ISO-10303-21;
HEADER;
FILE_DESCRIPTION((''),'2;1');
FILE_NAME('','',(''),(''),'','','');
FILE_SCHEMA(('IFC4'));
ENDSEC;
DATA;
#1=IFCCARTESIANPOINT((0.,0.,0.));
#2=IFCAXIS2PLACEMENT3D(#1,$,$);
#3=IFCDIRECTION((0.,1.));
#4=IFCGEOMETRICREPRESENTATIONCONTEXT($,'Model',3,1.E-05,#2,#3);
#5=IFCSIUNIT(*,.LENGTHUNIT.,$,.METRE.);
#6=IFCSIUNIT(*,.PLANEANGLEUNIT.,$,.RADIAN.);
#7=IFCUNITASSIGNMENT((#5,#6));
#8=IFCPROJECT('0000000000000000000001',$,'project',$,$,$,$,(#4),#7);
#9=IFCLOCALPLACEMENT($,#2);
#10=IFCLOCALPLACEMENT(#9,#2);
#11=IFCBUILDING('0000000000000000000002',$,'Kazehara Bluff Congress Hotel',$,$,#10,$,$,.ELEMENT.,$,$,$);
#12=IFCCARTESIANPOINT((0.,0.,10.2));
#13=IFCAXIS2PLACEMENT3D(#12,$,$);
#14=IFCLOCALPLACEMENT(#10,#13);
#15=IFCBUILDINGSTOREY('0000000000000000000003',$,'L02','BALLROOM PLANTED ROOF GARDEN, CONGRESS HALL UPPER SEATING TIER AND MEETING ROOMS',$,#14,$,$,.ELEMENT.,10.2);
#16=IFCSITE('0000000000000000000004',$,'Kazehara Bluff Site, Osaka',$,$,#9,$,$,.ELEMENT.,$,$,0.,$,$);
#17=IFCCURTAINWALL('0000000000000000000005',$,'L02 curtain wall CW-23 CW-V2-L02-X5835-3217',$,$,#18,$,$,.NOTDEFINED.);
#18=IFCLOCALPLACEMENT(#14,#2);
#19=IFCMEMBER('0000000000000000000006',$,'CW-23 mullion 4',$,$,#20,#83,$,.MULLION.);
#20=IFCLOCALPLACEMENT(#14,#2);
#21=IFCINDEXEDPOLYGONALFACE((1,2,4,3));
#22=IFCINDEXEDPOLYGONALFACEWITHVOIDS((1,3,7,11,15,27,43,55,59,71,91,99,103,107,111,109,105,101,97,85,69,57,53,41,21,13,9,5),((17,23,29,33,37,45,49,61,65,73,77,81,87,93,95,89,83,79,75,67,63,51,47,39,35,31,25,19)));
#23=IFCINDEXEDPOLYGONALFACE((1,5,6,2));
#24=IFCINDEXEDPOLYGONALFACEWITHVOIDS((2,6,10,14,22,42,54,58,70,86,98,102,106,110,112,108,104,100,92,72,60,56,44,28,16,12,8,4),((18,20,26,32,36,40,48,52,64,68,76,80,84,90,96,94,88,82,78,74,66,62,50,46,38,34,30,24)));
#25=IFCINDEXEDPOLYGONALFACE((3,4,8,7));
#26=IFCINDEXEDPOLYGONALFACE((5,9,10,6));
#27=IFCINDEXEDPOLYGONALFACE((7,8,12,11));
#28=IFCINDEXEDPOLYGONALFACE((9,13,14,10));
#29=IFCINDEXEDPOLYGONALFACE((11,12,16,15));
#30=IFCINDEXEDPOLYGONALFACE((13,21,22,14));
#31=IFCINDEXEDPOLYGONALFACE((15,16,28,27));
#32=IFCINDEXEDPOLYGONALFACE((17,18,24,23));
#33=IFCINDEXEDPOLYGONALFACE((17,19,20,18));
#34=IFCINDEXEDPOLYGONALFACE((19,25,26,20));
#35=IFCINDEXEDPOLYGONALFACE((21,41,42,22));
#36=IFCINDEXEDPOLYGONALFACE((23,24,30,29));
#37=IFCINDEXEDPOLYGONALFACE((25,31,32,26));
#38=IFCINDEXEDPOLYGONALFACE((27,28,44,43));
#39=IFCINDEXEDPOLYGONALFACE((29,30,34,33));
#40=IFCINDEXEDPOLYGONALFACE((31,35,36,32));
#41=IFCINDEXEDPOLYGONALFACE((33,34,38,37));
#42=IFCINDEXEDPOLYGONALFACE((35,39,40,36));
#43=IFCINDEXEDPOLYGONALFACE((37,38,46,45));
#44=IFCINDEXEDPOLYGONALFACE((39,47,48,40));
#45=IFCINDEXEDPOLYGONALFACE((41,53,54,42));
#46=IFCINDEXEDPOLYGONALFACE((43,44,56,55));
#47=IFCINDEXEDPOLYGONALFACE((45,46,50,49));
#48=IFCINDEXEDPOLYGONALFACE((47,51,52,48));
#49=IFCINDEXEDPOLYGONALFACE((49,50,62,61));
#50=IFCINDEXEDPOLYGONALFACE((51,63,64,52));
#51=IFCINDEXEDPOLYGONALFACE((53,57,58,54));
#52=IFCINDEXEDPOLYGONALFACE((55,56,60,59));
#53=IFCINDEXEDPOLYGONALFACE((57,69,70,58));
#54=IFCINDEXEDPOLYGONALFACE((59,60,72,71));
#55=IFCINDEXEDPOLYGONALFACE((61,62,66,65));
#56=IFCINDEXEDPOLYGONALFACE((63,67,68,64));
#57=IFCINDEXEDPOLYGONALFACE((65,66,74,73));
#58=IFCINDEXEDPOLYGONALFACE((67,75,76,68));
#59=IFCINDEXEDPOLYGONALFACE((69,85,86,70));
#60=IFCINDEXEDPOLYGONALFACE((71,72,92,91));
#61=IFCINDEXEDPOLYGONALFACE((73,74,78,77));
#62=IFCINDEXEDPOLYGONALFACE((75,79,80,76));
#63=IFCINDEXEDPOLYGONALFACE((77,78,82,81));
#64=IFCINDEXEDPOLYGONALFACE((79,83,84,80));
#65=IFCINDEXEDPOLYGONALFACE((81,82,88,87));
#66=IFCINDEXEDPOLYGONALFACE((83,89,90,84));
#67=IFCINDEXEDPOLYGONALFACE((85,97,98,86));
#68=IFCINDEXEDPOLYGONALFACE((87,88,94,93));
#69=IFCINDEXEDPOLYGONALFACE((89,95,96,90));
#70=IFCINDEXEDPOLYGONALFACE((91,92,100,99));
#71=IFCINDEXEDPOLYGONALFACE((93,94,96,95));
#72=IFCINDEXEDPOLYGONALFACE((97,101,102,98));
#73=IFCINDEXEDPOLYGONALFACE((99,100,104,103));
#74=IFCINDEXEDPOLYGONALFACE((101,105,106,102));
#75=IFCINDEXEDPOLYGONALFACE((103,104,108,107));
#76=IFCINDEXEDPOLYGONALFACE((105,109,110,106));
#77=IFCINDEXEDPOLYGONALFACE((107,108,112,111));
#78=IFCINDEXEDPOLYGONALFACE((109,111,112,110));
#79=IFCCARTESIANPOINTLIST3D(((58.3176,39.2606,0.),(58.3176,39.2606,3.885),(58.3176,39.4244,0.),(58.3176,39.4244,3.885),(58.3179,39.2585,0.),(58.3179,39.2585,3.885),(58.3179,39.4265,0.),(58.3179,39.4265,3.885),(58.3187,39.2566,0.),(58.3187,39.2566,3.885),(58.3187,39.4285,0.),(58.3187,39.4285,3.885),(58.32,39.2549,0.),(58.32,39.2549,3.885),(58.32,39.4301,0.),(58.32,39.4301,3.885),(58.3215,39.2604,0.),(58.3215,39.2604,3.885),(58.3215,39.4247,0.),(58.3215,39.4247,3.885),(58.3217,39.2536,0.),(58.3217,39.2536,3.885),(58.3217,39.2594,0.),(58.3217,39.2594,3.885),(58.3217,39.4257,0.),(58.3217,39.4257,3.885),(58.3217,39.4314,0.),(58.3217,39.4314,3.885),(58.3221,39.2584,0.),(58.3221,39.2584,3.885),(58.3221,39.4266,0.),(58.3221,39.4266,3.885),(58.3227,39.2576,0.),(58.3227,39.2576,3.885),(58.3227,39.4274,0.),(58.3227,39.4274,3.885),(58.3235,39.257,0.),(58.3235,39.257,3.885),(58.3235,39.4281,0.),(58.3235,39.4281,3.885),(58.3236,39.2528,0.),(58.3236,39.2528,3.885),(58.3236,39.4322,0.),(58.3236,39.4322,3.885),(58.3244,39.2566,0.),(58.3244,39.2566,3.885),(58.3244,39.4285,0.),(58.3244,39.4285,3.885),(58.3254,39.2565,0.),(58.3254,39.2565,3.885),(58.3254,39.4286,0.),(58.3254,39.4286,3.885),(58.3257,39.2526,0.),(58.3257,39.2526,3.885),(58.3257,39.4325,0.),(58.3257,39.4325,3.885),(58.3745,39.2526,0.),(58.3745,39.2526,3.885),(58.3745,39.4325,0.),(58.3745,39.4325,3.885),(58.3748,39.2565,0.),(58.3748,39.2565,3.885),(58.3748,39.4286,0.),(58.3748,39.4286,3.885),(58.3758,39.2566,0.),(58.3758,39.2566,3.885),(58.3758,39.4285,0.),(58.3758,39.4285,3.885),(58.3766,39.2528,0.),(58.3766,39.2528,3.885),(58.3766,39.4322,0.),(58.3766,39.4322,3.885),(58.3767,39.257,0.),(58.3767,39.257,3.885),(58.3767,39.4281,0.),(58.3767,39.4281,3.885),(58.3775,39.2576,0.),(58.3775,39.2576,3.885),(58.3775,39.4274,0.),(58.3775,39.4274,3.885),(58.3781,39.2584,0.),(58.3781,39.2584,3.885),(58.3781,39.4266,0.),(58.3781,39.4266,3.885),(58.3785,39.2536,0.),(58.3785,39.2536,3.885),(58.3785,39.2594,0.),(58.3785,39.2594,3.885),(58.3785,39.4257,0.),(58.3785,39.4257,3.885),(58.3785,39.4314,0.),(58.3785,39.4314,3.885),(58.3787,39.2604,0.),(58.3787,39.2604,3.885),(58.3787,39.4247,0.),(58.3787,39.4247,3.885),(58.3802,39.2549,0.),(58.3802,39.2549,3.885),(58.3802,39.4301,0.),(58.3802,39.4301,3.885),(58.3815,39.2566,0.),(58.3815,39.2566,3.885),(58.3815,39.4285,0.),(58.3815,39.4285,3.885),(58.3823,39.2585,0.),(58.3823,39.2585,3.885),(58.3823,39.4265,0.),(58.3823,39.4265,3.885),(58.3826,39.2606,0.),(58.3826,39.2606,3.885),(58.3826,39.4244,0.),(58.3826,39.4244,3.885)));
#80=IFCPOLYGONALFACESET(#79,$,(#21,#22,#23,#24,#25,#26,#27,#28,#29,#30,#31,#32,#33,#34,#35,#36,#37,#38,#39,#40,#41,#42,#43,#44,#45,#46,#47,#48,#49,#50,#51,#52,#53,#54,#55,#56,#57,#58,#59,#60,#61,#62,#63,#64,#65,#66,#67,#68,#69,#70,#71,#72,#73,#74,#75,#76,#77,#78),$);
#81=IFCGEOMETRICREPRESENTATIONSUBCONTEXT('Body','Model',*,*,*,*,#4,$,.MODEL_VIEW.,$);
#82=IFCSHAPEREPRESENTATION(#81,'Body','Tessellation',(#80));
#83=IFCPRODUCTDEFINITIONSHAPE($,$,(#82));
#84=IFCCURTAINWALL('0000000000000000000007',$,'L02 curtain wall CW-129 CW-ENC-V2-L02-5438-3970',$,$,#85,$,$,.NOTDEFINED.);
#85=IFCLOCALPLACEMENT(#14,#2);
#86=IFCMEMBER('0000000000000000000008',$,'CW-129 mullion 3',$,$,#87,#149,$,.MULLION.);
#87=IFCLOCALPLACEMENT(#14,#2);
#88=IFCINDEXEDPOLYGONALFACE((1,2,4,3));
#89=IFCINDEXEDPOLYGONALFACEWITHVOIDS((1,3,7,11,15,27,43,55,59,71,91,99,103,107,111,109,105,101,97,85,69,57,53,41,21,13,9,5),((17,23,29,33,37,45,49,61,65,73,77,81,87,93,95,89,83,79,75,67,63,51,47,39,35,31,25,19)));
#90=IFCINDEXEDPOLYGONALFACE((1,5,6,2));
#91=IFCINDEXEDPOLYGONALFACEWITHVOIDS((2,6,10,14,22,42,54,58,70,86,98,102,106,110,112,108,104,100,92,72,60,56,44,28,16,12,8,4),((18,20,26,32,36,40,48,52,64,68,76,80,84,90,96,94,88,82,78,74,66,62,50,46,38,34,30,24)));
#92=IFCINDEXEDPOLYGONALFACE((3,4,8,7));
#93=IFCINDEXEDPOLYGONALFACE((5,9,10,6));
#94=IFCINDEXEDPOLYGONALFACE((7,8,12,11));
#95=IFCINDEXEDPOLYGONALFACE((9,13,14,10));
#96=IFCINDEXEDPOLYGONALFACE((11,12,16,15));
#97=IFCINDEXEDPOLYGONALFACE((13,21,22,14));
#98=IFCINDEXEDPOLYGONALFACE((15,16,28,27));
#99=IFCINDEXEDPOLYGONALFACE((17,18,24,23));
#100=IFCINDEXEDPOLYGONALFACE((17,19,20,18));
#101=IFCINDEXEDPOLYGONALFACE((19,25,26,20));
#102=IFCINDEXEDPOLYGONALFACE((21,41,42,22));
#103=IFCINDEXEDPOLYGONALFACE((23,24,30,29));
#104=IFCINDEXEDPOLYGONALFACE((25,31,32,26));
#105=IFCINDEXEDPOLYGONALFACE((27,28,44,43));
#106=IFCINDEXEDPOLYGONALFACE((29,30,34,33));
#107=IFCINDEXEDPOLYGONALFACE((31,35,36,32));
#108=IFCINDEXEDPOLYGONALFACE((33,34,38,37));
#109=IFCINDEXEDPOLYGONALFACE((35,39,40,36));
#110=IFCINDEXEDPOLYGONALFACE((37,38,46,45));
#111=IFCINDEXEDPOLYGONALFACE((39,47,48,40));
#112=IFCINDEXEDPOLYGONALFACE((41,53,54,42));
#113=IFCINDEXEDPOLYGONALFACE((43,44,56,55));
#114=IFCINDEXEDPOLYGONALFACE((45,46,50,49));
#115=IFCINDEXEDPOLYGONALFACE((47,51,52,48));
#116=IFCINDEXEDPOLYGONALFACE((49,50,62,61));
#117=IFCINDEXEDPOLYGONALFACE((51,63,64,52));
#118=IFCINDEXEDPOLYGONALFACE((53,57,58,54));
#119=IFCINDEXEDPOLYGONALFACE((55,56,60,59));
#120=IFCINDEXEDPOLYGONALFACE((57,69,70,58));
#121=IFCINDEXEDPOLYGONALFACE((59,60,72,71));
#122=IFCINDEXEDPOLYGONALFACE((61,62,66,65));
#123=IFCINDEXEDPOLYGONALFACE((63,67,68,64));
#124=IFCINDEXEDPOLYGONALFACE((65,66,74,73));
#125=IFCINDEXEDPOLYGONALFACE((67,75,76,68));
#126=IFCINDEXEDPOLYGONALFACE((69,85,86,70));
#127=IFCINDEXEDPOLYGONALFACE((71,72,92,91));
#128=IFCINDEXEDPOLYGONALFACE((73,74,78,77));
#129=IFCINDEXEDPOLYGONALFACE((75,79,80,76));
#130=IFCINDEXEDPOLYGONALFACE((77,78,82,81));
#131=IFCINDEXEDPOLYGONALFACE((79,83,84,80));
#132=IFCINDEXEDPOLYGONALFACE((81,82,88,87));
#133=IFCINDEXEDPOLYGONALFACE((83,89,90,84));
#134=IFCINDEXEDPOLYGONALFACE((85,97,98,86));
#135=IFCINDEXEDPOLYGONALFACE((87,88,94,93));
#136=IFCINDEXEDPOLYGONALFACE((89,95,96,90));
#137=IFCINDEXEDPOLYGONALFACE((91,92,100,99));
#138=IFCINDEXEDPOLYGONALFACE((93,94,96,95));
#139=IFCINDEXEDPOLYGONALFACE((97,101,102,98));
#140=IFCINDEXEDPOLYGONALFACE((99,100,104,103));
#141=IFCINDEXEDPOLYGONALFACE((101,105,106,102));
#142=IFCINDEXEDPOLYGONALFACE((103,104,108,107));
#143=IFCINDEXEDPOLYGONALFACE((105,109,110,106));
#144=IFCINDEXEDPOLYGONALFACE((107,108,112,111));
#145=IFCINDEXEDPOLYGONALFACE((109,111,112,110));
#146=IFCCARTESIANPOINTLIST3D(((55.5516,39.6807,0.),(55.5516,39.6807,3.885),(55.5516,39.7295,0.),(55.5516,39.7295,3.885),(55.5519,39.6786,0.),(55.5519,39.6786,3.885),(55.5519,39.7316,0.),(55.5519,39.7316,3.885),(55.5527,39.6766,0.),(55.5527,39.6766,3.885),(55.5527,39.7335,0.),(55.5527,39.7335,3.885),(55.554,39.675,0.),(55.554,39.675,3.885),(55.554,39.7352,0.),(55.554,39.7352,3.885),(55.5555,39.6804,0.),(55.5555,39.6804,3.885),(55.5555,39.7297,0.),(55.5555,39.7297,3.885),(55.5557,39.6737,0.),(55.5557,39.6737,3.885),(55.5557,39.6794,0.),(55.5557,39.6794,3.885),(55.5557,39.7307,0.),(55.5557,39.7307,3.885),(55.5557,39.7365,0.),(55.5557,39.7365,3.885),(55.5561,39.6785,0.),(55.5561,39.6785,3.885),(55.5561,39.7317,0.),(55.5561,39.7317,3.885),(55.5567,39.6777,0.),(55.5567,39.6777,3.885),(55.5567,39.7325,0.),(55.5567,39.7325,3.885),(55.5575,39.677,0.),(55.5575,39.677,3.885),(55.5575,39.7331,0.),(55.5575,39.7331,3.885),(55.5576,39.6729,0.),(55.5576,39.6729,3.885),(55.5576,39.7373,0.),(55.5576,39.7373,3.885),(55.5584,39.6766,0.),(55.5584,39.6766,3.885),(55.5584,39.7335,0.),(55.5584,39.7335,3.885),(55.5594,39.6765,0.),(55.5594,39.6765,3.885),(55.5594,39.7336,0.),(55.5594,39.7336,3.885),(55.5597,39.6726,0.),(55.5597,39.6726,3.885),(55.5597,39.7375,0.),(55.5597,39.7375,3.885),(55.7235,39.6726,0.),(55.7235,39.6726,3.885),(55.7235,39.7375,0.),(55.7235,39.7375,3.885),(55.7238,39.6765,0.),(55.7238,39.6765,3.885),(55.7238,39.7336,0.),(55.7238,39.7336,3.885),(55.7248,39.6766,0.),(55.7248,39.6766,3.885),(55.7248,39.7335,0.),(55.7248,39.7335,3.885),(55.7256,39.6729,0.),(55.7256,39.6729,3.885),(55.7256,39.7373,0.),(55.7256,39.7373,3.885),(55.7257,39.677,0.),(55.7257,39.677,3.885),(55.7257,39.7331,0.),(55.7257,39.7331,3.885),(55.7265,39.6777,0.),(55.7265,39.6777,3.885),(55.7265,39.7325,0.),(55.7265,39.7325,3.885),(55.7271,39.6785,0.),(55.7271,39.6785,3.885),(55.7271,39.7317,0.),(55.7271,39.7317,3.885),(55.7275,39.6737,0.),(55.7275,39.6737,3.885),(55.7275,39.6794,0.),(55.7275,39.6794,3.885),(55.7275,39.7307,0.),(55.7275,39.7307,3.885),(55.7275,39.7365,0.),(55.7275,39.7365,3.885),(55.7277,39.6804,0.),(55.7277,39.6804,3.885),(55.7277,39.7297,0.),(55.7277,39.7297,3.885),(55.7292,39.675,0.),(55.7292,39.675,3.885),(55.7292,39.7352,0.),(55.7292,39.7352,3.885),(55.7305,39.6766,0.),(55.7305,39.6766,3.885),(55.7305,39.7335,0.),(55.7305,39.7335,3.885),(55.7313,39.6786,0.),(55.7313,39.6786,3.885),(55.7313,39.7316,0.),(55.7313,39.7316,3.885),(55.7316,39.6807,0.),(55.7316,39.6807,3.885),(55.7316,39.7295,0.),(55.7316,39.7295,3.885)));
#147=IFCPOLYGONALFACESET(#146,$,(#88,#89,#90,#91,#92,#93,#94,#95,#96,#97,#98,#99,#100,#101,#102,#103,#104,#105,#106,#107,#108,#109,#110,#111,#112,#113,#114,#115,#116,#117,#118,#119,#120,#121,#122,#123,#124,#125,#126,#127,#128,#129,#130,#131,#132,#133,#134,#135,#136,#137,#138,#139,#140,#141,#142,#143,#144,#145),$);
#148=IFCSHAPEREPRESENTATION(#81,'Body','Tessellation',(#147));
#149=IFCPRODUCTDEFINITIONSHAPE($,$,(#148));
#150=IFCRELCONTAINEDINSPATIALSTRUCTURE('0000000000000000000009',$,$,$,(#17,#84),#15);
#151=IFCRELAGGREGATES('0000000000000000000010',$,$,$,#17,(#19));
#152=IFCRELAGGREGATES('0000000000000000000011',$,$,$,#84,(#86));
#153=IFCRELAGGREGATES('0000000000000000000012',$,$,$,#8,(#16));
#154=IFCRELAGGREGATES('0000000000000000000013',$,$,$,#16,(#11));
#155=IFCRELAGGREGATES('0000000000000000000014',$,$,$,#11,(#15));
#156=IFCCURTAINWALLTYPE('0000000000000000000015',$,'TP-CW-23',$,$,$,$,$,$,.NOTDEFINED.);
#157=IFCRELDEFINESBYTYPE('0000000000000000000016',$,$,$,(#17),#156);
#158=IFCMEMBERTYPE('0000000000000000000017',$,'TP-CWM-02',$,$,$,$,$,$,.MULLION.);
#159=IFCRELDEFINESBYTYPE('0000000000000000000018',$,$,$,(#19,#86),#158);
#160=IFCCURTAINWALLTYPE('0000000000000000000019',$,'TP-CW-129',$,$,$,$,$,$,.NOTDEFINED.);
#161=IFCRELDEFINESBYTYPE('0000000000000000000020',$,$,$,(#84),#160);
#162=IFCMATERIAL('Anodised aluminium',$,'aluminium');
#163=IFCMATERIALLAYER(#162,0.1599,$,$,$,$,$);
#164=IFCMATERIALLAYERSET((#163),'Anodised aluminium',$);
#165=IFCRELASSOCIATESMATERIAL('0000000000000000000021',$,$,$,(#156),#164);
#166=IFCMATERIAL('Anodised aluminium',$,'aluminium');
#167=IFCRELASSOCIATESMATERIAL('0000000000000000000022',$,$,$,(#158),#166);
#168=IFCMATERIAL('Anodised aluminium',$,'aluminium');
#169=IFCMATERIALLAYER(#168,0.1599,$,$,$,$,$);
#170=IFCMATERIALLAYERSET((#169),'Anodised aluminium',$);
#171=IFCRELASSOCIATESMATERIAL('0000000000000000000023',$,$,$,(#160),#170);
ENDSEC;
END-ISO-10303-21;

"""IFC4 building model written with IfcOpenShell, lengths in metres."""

from ifc_helpers import new_model, si_unit, direction, frame, origin, origin_2d, place, context, subcontext, project, spatial, hollow_rectangle, extrude, material, layer, layer_set, material_profile, profile_set, type_object, element, aggregate, save


model = new_model("IFC4")

# Units and contexts
model_context = context("Model", 3, precision=1e-05, world=origin(), true_north=direction((0.0, 1.0)))
body_context = subcontext(model_context, "Body", "Model", "MODEL_VIEW")
ifc_project = project(units=[si_unit("LENGTHUNIT", "METRE"), si_unit("PLANEANGLEUNIT", "RADIAN")], contexts=[model_context])

# Site, building, storey
site_placement = place(None, origin())
site = spatial("IfcSite", under=ifc_project, at=site_placement, Name="Kazehara Bluff Site, Osaka", CompositionType="ELEMENT", RefElevation=0.0)
building_placement = place(site_placement, origin())
building = spatial("IfcBuilding", under=site, at=building_placement, Name="Kazehara Bluff Congress Hotel", CompositionType="ELEMENT")
storey_placement = place(building_placement, frame((0.0, 0.0, 10.2)))
storey = spatial("IfcBuildingStorey", under=building, at=storey_placement, Name="L02", Description="BALLROOM PLANTED ROOF GARDEN, CONGRESS HALL UPPER SEATING TIER AND MEETING ROOMS", CompositionType="ELEMENT", Elevation=10.2)

# Curtain wall, member
ifc_material_1 = material(Name="Anodised aluminium", Category="aluminium")
ifc_layer_1 = layer(ifc_material_1, 0.1599)
ifc_layer_set_1 = layer_set([ifc_layer_1], Name="Anodised aluminium")
curtain_wall_type_1 = type_object("IfcCurtainWallType", Name="TP-CW-23", PredefinedType="NOTDEFINED", material=ifc_layer_set_1)
curtain_wall_1_placement = place(storey_placement, origin())
curtain_wall_1 = element("IfcCurtainWall", 1, at=curtain_wall_1_placement, inside=storey, type_object=curtain_wall_type_1, Name="L02 curtain wall CW-23 CW-V2-L02-X5835-3217", PredefinedType="NOTDEFINED")
ifc_material_2 = material(Name="Anodised aluminium", Category="aluminium")
ifc_material_profile_1 = material_profile(ifc_material_2, hollow_rectangle(XDim=0.0649, YDim=0.1799, WallThickness=0.0039, InnerFilletRadius=0.0039, OuterFilletRadius=0.0081, at=origin_2d()))
ifc_profile_set_1 = profile_set([ifc_material_profile_1], Name="Anodised aluminium")
member_type_1 = type_object("IfcMemberType", Name="TP-CWM-02", PredefinedType="MULLION", material=ifc_profile_set_1)
member_1_placement = place(storey_placement, frame((58.3501, 39.3425, 0.0), z_axis=(0.0, 0.0, 1.0), x_axis=(-1.0, 0.0, 0.0)))
member_1 = element("IfcMember", 2, at=member_1_placement, type_object=member_type_1, Name="CW-23 mullion 4", PredefinedType="MULLION", context=body_context, shape_type="SweptSolid", body=[
    extrude(hollow_rectangle(XDim=0.0649, YDim=0.1799, WallThickness=0.0039, InnerFilletRadius=0.0039, OuterFilletRadius=0.0081, at=origin_2d()), origin(), (0.0, 0.0, 1.0), 3.885),
])

# Curtain wall, member
ifc_material_3 = material(Name="Anodised aluminium", Category="aluminium")
ifc_layer_2 = layer(ifc_material_3, 0.1599)
ifc_layer_set_2 = layer_set([ifc_layer_2], Name="Anodised aluminium")
curtain_wall_type_2 = type_object("IfcCurtainWallType", Name="TP-CW-129", PredefinedType="NOTDEFINED", material=ifc_layer_set_2)
curtain_wall_2_placement = place(storey_placement, origin())
curtain_wall_2 = element("IfcCurtainWall", 3, at=curtain_wall_2_placement, inside=storey, type_object=curtain_wall_type_2, Name="L02 curtain wall CW-129 CW-ENC-V2-L02-5438-3970", PredefinedType="NOTDEFINED")
member_2_placement = place(storey_placement, frame((55.6416, 39.7051, 0.0), z_axis=(0.0, 0.0, 1.0), x_axis=(0.0, 1.0, 0.0)))
member_2 = element("IfcMember", 4, at=member_2_placement, type_object=member_type_1, Name="CW-129 mullion 3", PredefinedType="MULLION", context=body_context, shape_type="SweptSolid", body=[
    extrude(hollow_rectangle(XDim=0.0649, YDim=0.1799, WallThickness=0.0039, InnerFilletRadius=0.0039, OuterFilletRadius=0.0081, at=origin_2d()), origin(), (0.0, 0.0, 1.0), 3.885),
])

aggregate(curtain_wall_1, [member_1])
aggregate(curtain_wall_2, [member_2])

save(model, "model.ifc")
